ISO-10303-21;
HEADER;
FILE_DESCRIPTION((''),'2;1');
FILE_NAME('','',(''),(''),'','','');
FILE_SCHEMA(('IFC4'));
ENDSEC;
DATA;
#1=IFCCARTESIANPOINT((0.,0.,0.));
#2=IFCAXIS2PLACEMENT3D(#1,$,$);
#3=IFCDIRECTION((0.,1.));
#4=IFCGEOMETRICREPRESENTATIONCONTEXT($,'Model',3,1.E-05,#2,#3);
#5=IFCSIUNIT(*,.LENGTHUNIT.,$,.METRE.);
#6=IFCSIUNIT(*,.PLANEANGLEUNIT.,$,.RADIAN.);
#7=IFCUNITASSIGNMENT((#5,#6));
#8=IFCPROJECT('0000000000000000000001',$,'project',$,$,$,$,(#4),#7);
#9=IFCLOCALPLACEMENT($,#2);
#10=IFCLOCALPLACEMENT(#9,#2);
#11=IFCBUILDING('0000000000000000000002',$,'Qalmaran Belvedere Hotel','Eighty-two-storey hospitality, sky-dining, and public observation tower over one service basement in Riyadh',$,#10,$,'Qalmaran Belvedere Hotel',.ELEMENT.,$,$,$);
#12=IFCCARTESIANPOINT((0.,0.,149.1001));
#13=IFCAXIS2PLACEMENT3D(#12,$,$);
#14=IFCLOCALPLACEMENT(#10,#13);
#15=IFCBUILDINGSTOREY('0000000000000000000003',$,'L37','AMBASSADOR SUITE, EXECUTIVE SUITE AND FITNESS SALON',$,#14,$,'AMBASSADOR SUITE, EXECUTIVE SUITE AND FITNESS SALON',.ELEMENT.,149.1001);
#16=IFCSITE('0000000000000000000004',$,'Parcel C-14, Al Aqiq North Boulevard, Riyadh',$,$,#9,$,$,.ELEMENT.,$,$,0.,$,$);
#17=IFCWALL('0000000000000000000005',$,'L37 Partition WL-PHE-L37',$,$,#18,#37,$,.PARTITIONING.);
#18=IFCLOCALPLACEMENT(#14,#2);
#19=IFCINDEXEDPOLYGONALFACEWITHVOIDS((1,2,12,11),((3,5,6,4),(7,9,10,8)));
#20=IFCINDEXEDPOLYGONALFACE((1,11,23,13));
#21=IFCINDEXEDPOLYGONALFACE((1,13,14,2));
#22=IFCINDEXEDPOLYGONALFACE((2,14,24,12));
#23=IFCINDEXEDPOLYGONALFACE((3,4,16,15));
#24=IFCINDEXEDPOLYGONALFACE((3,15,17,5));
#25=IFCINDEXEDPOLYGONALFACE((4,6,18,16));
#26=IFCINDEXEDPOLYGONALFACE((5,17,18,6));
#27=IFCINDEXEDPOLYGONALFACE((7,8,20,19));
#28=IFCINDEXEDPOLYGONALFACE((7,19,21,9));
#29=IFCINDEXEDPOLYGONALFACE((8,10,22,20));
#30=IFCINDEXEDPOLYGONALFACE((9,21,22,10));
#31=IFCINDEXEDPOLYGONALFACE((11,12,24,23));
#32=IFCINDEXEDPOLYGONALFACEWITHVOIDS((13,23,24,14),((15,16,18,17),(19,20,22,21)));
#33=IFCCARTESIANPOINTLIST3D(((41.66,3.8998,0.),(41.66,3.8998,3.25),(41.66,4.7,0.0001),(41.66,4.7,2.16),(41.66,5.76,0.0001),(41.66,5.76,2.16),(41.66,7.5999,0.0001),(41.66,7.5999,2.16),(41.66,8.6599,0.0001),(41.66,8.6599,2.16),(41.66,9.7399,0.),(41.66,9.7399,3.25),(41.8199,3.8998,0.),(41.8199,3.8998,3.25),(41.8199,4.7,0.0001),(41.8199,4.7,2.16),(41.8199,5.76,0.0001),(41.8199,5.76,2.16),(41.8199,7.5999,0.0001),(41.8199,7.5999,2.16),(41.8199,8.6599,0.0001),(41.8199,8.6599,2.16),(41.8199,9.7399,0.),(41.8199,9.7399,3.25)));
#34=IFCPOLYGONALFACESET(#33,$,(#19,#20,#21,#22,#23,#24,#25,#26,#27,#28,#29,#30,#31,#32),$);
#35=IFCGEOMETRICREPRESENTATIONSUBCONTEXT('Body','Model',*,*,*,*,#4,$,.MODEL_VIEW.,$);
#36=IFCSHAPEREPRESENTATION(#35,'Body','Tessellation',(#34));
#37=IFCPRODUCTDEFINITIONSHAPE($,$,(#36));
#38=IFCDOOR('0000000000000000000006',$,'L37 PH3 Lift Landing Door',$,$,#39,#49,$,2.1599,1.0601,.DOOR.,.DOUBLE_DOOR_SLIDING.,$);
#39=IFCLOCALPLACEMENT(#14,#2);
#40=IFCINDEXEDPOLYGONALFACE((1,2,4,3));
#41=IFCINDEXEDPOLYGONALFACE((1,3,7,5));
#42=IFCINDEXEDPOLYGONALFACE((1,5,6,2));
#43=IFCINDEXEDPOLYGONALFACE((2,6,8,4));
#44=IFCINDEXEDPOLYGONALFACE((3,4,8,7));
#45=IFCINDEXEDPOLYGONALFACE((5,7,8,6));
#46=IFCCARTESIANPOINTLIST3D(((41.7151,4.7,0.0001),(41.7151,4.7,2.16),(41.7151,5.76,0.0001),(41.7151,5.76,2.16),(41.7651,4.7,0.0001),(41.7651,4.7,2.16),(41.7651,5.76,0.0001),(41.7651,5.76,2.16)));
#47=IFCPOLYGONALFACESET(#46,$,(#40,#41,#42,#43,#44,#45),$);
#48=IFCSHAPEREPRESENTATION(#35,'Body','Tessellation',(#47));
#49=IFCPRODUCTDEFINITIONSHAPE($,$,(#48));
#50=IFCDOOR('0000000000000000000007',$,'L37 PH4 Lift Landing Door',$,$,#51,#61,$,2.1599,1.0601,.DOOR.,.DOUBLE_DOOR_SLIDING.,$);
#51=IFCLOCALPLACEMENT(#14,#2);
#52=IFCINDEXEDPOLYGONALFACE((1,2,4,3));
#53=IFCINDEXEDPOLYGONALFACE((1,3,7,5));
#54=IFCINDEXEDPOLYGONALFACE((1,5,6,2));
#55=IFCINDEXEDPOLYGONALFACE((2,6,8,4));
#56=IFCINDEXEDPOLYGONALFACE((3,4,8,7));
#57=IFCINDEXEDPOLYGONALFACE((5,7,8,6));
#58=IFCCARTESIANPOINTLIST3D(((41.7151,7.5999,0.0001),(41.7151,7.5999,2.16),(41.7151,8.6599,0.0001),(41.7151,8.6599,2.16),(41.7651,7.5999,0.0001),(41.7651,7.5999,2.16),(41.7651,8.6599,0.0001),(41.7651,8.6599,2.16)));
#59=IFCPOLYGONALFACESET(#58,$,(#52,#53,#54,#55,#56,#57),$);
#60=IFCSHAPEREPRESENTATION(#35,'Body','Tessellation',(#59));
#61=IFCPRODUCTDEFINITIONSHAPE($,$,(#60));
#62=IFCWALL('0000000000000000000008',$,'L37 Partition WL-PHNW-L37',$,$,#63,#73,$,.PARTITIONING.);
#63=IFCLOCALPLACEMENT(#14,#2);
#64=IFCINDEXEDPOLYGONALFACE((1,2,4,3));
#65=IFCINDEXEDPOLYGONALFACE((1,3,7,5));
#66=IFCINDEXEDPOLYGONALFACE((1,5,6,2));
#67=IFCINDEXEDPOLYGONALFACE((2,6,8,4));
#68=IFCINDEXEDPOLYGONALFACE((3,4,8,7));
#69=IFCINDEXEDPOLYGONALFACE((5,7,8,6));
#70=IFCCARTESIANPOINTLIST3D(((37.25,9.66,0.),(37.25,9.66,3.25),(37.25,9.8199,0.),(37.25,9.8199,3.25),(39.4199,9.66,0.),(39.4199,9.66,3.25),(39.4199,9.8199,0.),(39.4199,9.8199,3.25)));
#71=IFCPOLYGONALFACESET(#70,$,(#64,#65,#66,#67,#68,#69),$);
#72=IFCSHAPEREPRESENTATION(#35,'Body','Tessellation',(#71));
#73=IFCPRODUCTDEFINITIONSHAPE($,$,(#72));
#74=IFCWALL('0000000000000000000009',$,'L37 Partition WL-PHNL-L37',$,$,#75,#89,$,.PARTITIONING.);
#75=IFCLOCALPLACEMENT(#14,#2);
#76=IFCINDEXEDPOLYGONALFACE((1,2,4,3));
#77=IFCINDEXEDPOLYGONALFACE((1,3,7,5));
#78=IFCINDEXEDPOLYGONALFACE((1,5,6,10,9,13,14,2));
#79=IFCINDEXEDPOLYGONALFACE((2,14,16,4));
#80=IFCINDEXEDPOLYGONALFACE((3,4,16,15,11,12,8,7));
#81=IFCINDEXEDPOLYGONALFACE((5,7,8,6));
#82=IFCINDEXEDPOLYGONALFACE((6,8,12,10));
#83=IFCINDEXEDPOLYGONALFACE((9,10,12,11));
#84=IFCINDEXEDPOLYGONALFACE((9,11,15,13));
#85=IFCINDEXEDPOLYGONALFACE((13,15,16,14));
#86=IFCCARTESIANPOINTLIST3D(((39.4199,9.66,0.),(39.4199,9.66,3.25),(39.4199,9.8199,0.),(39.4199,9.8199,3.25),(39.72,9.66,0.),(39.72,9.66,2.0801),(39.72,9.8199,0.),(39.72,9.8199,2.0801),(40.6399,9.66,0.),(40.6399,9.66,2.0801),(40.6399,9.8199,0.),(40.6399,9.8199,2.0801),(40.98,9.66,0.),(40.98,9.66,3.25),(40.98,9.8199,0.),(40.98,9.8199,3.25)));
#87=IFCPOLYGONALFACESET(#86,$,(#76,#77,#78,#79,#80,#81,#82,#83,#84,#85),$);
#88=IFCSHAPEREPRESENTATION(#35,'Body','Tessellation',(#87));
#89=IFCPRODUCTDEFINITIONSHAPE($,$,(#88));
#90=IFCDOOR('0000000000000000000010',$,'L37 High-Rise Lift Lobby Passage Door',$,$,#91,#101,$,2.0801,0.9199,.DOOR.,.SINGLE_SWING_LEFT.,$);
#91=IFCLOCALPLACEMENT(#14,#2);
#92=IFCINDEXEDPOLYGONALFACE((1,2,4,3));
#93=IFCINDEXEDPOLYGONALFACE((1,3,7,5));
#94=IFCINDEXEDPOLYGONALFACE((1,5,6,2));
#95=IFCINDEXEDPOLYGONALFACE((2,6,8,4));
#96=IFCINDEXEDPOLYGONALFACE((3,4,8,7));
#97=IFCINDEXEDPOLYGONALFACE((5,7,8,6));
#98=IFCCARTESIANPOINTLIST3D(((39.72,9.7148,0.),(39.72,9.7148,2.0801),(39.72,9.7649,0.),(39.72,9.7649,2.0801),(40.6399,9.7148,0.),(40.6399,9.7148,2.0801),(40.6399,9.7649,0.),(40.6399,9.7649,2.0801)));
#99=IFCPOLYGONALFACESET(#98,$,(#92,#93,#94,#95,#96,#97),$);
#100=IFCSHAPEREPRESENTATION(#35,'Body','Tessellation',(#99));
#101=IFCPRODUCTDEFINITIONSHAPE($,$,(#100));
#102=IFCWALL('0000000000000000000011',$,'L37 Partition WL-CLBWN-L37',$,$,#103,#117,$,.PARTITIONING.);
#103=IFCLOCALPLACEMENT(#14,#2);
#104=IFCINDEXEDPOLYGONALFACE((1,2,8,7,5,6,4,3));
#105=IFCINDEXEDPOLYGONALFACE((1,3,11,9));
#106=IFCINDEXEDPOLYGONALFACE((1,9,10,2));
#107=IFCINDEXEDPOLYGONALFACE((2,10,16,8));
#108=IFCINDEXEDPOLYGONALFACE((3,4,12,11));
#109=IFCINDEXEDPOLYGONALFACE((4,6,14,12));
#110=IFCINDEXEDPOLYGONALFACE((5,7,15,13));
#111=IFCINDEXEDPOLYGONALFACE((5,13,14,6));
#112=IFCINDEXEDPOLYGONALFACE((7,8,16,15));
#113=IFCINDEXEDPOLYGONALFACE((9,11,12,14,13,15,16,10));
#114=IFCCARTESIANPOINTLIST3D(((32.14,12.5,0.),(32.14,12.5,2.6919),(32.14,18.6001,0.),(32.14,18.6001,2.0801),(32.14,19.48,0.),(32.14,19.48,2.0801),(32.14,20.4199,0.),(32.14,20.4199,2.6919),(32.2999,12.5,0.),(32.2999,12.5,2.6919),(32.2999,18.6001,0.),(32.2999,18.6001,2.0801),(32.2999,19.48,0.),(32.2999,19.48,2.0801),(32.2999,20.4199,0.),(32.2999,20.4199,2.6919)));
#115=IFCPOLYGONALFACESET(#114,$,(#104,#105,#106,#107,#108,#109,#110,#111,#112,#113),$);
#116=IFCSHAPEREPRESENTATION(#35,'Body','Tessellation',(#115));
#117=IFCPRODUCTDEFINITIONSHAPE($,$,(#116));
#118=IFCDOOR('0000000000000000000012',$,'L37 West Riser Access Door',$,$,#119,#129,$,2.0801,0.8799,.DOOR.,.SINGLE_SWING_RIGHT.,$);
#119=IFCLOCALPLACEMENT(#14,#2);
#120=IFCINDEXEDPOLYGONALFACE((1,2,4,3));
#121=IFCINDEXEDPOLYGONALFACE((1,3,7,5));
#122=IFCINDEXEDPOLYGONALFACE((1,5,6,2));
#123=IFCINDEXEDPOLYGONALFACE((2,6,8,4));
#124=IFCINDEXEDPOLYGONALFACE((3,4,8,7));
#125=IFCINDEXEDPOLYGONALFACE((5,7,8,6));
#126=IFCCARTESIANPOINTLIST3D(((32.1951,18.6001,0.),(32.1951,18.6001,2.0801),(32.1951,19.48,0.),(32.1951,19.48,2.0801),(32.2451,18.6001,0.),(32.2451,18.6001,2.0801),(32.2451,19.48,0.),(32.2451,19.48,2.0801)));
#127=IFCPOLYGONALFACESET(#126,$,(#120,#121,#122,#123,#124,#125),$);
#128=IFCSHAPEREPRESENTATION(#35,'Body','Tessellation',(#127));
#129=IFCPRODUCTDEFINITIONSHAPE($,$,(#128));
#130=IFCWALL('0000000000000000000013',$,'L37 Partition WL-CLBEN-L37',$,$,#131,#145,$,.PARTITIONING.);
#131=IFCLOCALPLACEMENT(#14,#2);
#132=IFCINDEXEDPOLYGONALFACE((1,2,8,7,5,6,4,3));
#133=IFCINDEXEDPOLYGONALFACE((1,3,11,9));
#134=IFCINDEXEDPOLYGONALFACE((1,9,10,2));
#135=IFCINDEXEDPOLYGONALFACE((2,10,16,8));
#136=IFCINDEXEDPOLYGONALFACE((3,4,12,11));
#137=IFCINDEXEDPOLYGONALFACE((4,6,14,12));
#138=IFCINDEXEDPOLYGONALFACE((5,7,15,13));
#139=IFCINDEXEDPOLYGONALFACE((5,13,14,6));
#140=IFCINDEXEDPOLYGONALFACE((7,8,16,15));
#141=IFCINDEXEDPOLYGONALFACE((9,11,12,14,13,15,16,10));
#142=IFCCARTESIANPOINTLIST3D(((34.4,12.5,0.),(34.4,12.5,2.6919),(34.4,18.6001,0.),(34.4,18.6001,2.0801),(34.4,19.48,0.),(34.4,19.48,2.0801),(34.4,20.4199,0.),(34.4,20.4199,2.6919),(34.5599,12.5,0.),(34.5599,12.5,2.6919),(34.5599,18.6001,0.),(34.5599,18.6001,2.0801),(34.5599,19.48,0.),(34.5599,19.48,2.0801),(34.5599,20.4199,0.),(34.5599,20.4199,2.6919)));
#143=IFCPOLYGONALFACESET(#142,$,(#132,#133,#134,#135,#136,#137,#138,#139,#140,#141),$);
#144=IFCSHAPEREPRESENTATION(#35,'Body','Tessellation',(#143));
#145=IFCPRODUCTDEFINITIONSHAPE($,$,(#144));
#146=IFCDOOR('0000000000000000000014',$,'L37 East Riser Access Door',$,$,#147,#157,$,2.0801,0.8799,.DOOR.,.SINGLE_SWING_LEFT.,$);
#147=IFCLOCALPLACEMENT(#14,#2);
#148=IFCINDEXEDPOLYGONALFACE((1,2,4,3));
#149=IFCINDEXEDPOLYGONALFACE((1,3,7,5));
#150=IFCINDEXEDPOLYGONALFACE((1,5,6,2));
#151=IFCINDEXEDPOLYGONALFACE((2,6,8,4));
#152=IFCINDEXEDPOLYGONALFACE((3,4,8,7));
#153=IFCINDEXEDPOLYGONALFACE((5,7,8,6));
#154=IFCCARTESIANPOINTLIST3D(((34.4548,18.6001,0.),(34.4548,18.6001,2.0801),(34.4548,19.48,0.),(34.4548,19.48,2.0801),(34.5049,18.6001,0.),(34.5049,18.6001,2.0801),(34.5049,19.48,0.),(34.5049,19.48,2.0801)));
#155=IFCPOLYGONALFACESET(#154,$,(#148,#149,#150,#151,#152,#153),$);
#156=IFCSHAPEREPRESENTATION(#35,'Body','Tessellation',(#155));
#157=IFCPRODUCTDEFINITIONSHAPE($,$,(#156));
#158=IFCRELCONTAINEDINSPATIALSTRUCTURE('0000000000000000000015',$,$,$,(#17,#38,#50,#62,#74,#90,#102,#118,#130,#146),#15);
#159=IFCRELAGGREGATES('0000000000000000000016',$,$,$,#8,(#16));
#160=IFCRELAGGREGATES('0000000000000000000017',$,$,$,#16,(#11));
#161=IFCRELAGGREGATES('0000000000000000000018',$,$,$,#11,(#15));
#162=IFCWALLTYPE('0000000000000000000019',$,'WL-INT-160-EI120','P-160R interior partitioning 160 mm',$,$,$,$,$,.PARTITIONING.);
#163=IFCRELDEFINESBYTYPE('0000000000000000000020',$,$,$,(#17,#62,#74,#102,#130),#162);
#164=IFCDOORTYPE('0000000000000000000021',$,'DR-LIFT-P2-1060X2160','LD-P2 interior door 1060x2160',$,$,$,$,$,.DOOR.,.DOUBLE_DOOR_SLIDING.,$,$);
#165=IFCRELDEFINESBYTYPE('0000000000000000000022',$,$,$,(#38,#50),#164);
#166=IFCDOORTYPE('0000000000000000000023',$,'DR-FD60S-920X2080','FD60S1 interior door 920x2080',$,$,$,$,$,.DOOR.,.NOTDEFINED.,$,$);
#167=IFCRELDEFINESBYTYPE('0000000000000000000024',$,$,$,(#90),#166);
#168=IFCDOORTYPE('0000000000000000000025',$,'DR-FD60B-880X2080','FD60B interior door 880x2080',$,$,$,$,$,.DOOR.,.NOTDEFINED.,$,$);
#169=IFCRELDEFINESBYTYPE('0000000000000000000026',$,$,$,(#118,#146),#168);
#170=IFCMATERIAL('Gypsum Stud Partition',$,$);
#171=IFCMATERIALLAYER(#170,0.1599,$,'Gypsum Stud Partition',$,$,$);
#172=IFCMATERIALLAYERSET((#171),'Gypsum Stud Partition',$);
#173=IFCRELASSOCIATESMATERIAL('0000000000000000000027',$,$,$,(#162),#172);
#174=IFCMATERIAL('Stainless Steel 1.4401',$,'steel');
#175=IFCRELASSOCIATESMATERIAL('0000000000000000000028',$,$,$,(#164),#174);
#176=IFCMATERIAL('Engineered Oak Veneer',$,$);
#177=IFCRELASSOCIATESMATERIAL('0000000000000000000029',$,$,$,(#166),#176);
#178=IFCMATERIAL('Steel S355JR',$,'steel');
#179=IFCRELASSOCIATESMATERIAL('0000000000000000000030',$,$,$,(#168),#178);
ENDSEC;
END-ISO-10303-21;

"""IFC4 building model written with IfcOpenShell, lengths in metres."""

from ifc_helpers import new_model, si_unit, direction, frame, frame_2d, origin, place, context, subcontext, project, spatial, rectangle, extrude, material, layer, layer_set, type_object, element, fill, save


model = new_model("IFC4")

# Units and contexts
model_context = context("Model", 3, precision=1e-05, world=origin(), true_north=direction((0.0, 1.0)))
body_context = subcontext(model_context, "Body", "Model", "MODEL_VIEW")
ifc_project = project(units=[si_unit("LENGTHUNIT", "METRE"), si_unit("PLANEANGLEUNIT", "RADIAN")], contexts=[model_context])

# Site, building, storey
site_placement = place(None, origin())
site = spatial("IfcSite", under=ifc_project, at=site_placement, Name="Parcel C-14, Al Aqiq North Boulevard, Riyadh", CompositionType="ELEMENT", RefElevation=0.0)
building_placement = place(site_placement, origin())
building = spatial("IfcBuilding", under=site, at=building_placement, Name="Qalmaran Belvedere Hotel", Description="Eighty-two-storey hospitality, sky-dining, and public observation tower over one service basement in Riyadh", LongName="Qalmaran Belvedere Hotel", CompositionType="ELEMENT")
storey_placement = place(building_placement, frame((0.0, 0.0, 149.1001)))
storey = spatial("IfcBuildingStorey", under=building, at=storey_placement, Name="L37", Description="AMBASSADOR SUITE, EXECUTIVE SUITE AND FITNESS SALON", LongName="AMBASSADOR SUITE, EXECUTIVE SUITE AND FITNESS SALON", CompositionType="ELEMENT", Elevation=149.1001)

# Shared definitions
ifc_material_1 = material(Name="Steel S355JR", Category="steel")

# Shared definitions
ifc_material_2 = material(Name="Gypsum Stud Partition")

# Wall, openings, doors
ifc_layer_1 = layer(ifc_material_2, 0.1599, Name="Gypsum Stud Partition")
ifc_layer_set_1 = layer_set([ifc_layer_1], Name="Gypsum Stud Partition")
wall_type_1 = type_object("IfcWallType", Name="WL-INT-160-EI120", Description="P-160R interior partitioning 160 mm", PredefinedType="PARTITIONING", material=ifc_layer_set_1)
ifc_material_3 = material(Name="Stainless Steel 1.4401", Category="steel")
door_type_1 = type_object("IfcDoorType", Name="DR-LIFT-P2-1060X2160", Description="LD-P2 interior door 1060x2160", OperationType="DOUBLE_DOOR_SLIDING", PredefinedType="DOOR", material=ifc_material_3)
wall_1_placement = place(storey_placement, frame((41.74, 3.8999, 0.0), z_axis=(0.0, 0.0, 1.0), x_axis=(0.0, 1.0, 0.0)))
wall_1 = element("IfcWall", 1, at=wall_1_placement, inside=storey, type_object=wall_type_1, Name="L37 Partition WL-PHE-L37", PredefinedType="PARTITIONING", context=body_context, shape_type="SweptSolid", body=[
    extrude(rectangle(XDim=5.8401, YDim=0.1599, at=frame_2d((2.9199, 0.0))), origin(), (0.0, 0.0, 1.0), 3.25),
])
opening_1_placement = place(wall_1_placement, frame((0.8, 0.0, 0.0)))
opening_1 = element("IfcOpeningElement", 2, at=opening_1_placement, cuts=wall_1, PredefinedType="OPENING", context=body_context, shape_type="SweptSolid", body=[
    extrude(rectangle(XDim=1.0601, YDim=2.1599, at=frame_2d((0.53, 1.0801))), frame((0.0, 0.0898, 0.0), z_axis=(0.0, -1.0, 0.0), x_axis=(1.0, 0.0, 0.0)), (0.0, 0.0, 1.0), 0.1799),
])
opening_2_placement = place(wall_1_placement, frame((3.7, 0.0, 0.0)))
opening_2 = element("IfcOpeningElement", 3, at=opening_2_placement, cuts=wall_1, PredefinedType="OPENING", context=body_context, shape_type="SweptSolid", body=[
    extrude(rectangle(XDim=1.0601, YDim=2.1599, at=frame_2d((0.53, 1.0801))), frame((0.0, 0.0898, 0.0), z_axis=(0.0, -1.0, 0.0), x_axis=(1.0, 0.0, 0.0)), (0.0, 0.0, 1.0), 0.1799),
])
door_1_placement = place(opening_1_placement, origin())
door_1 = element("IfcDoor", 4, at=door_1_placement, inside=storey, type_object=door_type_1, Name="L37 PH3 Lift Landing Door", OperationType="DOUBLE_DOOR_SLIDING", OverallHeight=2.1599, OverallWidth=1.0601, PredefinedType="DOOR", context=body_context, shape_type="SweptSolid", body=[
    extrude(rectangle(XDim=1.0601, YDim=2.1599, at=frame_2d((0.53, 1.0801))), frame((0.0, 0.0249, 0.0), z_axis=(0.0, -1.0, 0.0), x_axis=(1.0, 0.0, 0.0)), (0.0, 0.0, 1.0), 0.05),
])
fill(opening_1, door_1)
door_2_placement = place(opening_2_placement, origin())
door_2 = element("IfcDoor", 5, at=door_2_placement, inside=storey, type_object=door_type_1, Name="L37 PH4 Lift Landing Door", OperationType="DOUBLE_DOOR_SLIDING", OverallHeight=2.1599, OverallWidth=1.0601, PredefinedType="DOOR", context=body_context, shape_type="SweptSolid", body=[
    extrude(rectangle(XDim=1.0601, YDim=2.1599, at=frame_2d((0.53, 1.0801))), frame((0.0, 0.0249, 0.0), z_axis=(0.0, -1.0, 0.0), x_axis=(1.0, 0.0, 0.0)), (0.0, 0.0, 1.0), 0.05),
])
fill(opening_2, door_2)

# Wall
wall_2_placement = place(storey_placement, frame((37.25, 9.74, 0.0), z_axis=(0.0, 0.0, 1.0), x_axis=(1.0, 0.0, 0.0)))
element("IfcWall", 6, at=wall_2_placement, inside=storey, type_object=wall_type_1, Name="L37 Partition WL-PHNW-L37", PredefinedType="PARTITIONING", context=body_context, shape_type="SweptSolid", body=[
    extrude(rectangle(XDim=2.1699, YDim=0.1599, at=frame_2d((1.085, 0.0))), origin(), (0.0, 0.0, 1.0), 3.25),
])

# Walls, openings, doors
wall_3_placement = place(storey_placement, frame((39.4199, 9.74, 0.0), z_axis=(0.0, 0.0, 1.0), x_axis=(1.0, 0.0, 0.0)))
wall_3 = element("IfcWall", 7, at=wall_3_placement, inside=storey, type_object=wall_type_1, Name="L37 Partition WL-PHNL-L37", PredefinedType="PARTITIONING", context=body_context, shape_type="SweptSolid", body=[
    extrude(rectangle(XDim=1.5601, YDim=0.1599, at=frame_2d((0.78, 0.0))), origin(), (0.0, 0.0, 1.0), 3.25),
])
opening_3_placement = place(wall_3_placement, frame((0.3, 0.0, 0.0)))
opening_3 = element("IfcOpeningElement", 8, at=opening_3_placement, cuts=wall_3, PredefinedType="OPENING", context=body_context, shape_type="SweptSolid", body=[
    extrude(rectangle(XDim=0.9199, YDim=2.0801, at=frame_2d((0.46, 1.04))), frame((0.0, 0.0898, 0.0), z_axis=(0.0, -1.0, 0.0), x_axis=(1.0, 0.0, 0.0)), (0.0, 0.0, 1.0), 0.1799),
])
ifc_material_4 = material(Name="Engineered Oak Veneer")
door_type_2 = type_object("IfcDoorType", Name="DR-FD60S-920X2080", Description="FD60S1 interior door 920x2080", OperationType="NOTDEFINED", PredefinedType="DOOR", material=ifc_material_4)
door_3_placement = place(opening_3_placement, origin())
door_3 = element("IfcDoor", 9, at=door_3_placement, inside=storey, type_object=door_type_2, Name="L37 High-Rise Lift Lobby Passage Door", OperationType="SINGLE_SWING_LEFT", OverallHeight=2.0801, OverallWidth=0.9199, PredefinedType="DOOR", context=body_context, shape_type="SweptSolid", body=[
    extrude(rectangle(XDim=0.9199, YDim=2.0801, at=frame_2d((0.46, 1.04))), frame((0.0, 0.0249, 0.0), z_axis=(0.0, -1.0, 0.0), x_axis=(1.0, 0.0, 0.0)), (0.0, 0.0, 1.0), 0.05),
])
fill(opening_3, door_3)
wall_4_placement = place(storey_placement, frame((32.22, 12.5, 0.0), z_axis=(0.0, 0.0, 1.0), x_axis=(0.0, 1.0, 0.0)))
wall_4 = element("IfcWall", 10, at=wall_4_placement, inside=storey, type_object=wall_type_1, Name="L37 Partition WL-CLBWN-L37", PredefinedType="PARTITIONING", context=body_context, shape_type="SweptSolid", body=[
    extrude(rectangle(XDim=7.9199, YDim=0.1599, at=frame_2d((3.96, 0.0))), origin(), (0.0, 0.0, 1.0), 2.6919),
])
opening_4_placement = place(wall_4_placement, frame((6.1001, 0.0, 0.0)))
opening_4 = element("IfcOpeningElement", 11, at=opening_4_placement, cuts=wall_4, PredefinedType="OPENING", context=body_context, shape_type="SweptSolid", body=[
    extrude(rectangle(XDim=0.8799, YDim=2.0801, at=frame_2d((0.4399, 1.04))), frame((0.0, 0.0898, 0.0), z_axis=(0.0, -1.0, 0.0), x_axis=(1.0, 0.0, 0.0)), (0.0, 0.0, 1.0), 0.1799),
])
door_type_3 = type_object("IfcDoorType", Name="DR-FD60B-880X2080", Description="FD60B interior door 880x2080", OperationType="NOTDEFINED", PredefinedType="DOOR", material=ifc_material_1)
door_4_placement = place(opening_4_placement, origin())
door_4 = element("IfcDoor", 12, at=door_4_placement, inside=storey, type_object=door_type_3, Name="L37 West Riser Access Door", OperationType="SINGLE_SWING_RIGHT", OverallHeight=2.0801, OverallWidth=0.8799, PredefinedType="DOOR", context=body_context, shape_type="SweptSolid", body=[
    extrude(rectangle(XDim=0.8799, YDim=2.0801, at=frame_2d((0.4399, 1.04))), frame((0.0, 0.0249, 0.0), z_axis=(0.0, -1.0, 0.0), x_axis=(1.0, 0.0, 0.0)), (0.0, 0.0, 1.0), 0.05),
])
fill(opening_4, door_4)
wall_5_placement = place(storey_placement, frame((34.48, 12.5, 0.0), z_axis=(0.0, 0.0, 1.0), x_axis=(0.0, 1.0, 0.0)))
wall_5 = element("IfcWall", 13, at=wall_5_placement, inside=storey, type_object=wall_type_1, Name="L37 Partition WL-CLBEN-L37", PredefinedType="PARTITIONING", context=body_context, shape_type="SweptSolid", body=[
    extrude(rectangle(XDim=7.9199, YDim=0.1599, at=frame_2d((3.96, 0.0))), origin(), (0.0, 0.0, 1.0), 2.6919),
])
opening_5_placement = place(wall_5_placement, frame((6.98, 0.0, 0.0), z_axis=(0.0, 0.0, 1.0), x_axis=(-1.0, 0.0, 0.0)))
opening_5 = element("IfcOpeningElement", 14, at=opening_5_placement, cuts=wall_5, PredefinedType="OPENING", context=body_context, shape_type="SweptSolid", body=[
    extrude(rectangle(XDim=0.8799, YDim=2.0801, at=frame_2d((0.4399, 1.04))), frame((0.0, 0.0898, 0.0), z_axis=(0.0, -1.0, 0.0), x_axis=(1.0, 0.0, 0.0)), (0.0, 0.0, 1.0), 0.1799),
])
door_5_placement = place(opening_5_placement, origin())
door_5 = element("IfcDoor", 15, at=door_5_placement, inside=storey, type_object=door_type_3, Name="L37 East Riser Access Door", OperationType="SINGLE_SWING_LEFT", OverallHeight=2.0801, OverallWidth=0.8799, PredefinedType="DOOR", context=body_context, shape_type="SweptSolid", body=[
    extrude(rectangle(XDim=0.8799, YDim=2.0801, at=frame_2d((0.4399, 1.04))), frame((0.0, 0.0249, 0.0), z_axis=(0.0, -1.0, 0.0), x_axis=(1.0, 0.0, 0.0)), (0.0, 0.0, 1.0), 0.05),
])
fill(opening_5, door_5)

save(model, "model.ifc")
